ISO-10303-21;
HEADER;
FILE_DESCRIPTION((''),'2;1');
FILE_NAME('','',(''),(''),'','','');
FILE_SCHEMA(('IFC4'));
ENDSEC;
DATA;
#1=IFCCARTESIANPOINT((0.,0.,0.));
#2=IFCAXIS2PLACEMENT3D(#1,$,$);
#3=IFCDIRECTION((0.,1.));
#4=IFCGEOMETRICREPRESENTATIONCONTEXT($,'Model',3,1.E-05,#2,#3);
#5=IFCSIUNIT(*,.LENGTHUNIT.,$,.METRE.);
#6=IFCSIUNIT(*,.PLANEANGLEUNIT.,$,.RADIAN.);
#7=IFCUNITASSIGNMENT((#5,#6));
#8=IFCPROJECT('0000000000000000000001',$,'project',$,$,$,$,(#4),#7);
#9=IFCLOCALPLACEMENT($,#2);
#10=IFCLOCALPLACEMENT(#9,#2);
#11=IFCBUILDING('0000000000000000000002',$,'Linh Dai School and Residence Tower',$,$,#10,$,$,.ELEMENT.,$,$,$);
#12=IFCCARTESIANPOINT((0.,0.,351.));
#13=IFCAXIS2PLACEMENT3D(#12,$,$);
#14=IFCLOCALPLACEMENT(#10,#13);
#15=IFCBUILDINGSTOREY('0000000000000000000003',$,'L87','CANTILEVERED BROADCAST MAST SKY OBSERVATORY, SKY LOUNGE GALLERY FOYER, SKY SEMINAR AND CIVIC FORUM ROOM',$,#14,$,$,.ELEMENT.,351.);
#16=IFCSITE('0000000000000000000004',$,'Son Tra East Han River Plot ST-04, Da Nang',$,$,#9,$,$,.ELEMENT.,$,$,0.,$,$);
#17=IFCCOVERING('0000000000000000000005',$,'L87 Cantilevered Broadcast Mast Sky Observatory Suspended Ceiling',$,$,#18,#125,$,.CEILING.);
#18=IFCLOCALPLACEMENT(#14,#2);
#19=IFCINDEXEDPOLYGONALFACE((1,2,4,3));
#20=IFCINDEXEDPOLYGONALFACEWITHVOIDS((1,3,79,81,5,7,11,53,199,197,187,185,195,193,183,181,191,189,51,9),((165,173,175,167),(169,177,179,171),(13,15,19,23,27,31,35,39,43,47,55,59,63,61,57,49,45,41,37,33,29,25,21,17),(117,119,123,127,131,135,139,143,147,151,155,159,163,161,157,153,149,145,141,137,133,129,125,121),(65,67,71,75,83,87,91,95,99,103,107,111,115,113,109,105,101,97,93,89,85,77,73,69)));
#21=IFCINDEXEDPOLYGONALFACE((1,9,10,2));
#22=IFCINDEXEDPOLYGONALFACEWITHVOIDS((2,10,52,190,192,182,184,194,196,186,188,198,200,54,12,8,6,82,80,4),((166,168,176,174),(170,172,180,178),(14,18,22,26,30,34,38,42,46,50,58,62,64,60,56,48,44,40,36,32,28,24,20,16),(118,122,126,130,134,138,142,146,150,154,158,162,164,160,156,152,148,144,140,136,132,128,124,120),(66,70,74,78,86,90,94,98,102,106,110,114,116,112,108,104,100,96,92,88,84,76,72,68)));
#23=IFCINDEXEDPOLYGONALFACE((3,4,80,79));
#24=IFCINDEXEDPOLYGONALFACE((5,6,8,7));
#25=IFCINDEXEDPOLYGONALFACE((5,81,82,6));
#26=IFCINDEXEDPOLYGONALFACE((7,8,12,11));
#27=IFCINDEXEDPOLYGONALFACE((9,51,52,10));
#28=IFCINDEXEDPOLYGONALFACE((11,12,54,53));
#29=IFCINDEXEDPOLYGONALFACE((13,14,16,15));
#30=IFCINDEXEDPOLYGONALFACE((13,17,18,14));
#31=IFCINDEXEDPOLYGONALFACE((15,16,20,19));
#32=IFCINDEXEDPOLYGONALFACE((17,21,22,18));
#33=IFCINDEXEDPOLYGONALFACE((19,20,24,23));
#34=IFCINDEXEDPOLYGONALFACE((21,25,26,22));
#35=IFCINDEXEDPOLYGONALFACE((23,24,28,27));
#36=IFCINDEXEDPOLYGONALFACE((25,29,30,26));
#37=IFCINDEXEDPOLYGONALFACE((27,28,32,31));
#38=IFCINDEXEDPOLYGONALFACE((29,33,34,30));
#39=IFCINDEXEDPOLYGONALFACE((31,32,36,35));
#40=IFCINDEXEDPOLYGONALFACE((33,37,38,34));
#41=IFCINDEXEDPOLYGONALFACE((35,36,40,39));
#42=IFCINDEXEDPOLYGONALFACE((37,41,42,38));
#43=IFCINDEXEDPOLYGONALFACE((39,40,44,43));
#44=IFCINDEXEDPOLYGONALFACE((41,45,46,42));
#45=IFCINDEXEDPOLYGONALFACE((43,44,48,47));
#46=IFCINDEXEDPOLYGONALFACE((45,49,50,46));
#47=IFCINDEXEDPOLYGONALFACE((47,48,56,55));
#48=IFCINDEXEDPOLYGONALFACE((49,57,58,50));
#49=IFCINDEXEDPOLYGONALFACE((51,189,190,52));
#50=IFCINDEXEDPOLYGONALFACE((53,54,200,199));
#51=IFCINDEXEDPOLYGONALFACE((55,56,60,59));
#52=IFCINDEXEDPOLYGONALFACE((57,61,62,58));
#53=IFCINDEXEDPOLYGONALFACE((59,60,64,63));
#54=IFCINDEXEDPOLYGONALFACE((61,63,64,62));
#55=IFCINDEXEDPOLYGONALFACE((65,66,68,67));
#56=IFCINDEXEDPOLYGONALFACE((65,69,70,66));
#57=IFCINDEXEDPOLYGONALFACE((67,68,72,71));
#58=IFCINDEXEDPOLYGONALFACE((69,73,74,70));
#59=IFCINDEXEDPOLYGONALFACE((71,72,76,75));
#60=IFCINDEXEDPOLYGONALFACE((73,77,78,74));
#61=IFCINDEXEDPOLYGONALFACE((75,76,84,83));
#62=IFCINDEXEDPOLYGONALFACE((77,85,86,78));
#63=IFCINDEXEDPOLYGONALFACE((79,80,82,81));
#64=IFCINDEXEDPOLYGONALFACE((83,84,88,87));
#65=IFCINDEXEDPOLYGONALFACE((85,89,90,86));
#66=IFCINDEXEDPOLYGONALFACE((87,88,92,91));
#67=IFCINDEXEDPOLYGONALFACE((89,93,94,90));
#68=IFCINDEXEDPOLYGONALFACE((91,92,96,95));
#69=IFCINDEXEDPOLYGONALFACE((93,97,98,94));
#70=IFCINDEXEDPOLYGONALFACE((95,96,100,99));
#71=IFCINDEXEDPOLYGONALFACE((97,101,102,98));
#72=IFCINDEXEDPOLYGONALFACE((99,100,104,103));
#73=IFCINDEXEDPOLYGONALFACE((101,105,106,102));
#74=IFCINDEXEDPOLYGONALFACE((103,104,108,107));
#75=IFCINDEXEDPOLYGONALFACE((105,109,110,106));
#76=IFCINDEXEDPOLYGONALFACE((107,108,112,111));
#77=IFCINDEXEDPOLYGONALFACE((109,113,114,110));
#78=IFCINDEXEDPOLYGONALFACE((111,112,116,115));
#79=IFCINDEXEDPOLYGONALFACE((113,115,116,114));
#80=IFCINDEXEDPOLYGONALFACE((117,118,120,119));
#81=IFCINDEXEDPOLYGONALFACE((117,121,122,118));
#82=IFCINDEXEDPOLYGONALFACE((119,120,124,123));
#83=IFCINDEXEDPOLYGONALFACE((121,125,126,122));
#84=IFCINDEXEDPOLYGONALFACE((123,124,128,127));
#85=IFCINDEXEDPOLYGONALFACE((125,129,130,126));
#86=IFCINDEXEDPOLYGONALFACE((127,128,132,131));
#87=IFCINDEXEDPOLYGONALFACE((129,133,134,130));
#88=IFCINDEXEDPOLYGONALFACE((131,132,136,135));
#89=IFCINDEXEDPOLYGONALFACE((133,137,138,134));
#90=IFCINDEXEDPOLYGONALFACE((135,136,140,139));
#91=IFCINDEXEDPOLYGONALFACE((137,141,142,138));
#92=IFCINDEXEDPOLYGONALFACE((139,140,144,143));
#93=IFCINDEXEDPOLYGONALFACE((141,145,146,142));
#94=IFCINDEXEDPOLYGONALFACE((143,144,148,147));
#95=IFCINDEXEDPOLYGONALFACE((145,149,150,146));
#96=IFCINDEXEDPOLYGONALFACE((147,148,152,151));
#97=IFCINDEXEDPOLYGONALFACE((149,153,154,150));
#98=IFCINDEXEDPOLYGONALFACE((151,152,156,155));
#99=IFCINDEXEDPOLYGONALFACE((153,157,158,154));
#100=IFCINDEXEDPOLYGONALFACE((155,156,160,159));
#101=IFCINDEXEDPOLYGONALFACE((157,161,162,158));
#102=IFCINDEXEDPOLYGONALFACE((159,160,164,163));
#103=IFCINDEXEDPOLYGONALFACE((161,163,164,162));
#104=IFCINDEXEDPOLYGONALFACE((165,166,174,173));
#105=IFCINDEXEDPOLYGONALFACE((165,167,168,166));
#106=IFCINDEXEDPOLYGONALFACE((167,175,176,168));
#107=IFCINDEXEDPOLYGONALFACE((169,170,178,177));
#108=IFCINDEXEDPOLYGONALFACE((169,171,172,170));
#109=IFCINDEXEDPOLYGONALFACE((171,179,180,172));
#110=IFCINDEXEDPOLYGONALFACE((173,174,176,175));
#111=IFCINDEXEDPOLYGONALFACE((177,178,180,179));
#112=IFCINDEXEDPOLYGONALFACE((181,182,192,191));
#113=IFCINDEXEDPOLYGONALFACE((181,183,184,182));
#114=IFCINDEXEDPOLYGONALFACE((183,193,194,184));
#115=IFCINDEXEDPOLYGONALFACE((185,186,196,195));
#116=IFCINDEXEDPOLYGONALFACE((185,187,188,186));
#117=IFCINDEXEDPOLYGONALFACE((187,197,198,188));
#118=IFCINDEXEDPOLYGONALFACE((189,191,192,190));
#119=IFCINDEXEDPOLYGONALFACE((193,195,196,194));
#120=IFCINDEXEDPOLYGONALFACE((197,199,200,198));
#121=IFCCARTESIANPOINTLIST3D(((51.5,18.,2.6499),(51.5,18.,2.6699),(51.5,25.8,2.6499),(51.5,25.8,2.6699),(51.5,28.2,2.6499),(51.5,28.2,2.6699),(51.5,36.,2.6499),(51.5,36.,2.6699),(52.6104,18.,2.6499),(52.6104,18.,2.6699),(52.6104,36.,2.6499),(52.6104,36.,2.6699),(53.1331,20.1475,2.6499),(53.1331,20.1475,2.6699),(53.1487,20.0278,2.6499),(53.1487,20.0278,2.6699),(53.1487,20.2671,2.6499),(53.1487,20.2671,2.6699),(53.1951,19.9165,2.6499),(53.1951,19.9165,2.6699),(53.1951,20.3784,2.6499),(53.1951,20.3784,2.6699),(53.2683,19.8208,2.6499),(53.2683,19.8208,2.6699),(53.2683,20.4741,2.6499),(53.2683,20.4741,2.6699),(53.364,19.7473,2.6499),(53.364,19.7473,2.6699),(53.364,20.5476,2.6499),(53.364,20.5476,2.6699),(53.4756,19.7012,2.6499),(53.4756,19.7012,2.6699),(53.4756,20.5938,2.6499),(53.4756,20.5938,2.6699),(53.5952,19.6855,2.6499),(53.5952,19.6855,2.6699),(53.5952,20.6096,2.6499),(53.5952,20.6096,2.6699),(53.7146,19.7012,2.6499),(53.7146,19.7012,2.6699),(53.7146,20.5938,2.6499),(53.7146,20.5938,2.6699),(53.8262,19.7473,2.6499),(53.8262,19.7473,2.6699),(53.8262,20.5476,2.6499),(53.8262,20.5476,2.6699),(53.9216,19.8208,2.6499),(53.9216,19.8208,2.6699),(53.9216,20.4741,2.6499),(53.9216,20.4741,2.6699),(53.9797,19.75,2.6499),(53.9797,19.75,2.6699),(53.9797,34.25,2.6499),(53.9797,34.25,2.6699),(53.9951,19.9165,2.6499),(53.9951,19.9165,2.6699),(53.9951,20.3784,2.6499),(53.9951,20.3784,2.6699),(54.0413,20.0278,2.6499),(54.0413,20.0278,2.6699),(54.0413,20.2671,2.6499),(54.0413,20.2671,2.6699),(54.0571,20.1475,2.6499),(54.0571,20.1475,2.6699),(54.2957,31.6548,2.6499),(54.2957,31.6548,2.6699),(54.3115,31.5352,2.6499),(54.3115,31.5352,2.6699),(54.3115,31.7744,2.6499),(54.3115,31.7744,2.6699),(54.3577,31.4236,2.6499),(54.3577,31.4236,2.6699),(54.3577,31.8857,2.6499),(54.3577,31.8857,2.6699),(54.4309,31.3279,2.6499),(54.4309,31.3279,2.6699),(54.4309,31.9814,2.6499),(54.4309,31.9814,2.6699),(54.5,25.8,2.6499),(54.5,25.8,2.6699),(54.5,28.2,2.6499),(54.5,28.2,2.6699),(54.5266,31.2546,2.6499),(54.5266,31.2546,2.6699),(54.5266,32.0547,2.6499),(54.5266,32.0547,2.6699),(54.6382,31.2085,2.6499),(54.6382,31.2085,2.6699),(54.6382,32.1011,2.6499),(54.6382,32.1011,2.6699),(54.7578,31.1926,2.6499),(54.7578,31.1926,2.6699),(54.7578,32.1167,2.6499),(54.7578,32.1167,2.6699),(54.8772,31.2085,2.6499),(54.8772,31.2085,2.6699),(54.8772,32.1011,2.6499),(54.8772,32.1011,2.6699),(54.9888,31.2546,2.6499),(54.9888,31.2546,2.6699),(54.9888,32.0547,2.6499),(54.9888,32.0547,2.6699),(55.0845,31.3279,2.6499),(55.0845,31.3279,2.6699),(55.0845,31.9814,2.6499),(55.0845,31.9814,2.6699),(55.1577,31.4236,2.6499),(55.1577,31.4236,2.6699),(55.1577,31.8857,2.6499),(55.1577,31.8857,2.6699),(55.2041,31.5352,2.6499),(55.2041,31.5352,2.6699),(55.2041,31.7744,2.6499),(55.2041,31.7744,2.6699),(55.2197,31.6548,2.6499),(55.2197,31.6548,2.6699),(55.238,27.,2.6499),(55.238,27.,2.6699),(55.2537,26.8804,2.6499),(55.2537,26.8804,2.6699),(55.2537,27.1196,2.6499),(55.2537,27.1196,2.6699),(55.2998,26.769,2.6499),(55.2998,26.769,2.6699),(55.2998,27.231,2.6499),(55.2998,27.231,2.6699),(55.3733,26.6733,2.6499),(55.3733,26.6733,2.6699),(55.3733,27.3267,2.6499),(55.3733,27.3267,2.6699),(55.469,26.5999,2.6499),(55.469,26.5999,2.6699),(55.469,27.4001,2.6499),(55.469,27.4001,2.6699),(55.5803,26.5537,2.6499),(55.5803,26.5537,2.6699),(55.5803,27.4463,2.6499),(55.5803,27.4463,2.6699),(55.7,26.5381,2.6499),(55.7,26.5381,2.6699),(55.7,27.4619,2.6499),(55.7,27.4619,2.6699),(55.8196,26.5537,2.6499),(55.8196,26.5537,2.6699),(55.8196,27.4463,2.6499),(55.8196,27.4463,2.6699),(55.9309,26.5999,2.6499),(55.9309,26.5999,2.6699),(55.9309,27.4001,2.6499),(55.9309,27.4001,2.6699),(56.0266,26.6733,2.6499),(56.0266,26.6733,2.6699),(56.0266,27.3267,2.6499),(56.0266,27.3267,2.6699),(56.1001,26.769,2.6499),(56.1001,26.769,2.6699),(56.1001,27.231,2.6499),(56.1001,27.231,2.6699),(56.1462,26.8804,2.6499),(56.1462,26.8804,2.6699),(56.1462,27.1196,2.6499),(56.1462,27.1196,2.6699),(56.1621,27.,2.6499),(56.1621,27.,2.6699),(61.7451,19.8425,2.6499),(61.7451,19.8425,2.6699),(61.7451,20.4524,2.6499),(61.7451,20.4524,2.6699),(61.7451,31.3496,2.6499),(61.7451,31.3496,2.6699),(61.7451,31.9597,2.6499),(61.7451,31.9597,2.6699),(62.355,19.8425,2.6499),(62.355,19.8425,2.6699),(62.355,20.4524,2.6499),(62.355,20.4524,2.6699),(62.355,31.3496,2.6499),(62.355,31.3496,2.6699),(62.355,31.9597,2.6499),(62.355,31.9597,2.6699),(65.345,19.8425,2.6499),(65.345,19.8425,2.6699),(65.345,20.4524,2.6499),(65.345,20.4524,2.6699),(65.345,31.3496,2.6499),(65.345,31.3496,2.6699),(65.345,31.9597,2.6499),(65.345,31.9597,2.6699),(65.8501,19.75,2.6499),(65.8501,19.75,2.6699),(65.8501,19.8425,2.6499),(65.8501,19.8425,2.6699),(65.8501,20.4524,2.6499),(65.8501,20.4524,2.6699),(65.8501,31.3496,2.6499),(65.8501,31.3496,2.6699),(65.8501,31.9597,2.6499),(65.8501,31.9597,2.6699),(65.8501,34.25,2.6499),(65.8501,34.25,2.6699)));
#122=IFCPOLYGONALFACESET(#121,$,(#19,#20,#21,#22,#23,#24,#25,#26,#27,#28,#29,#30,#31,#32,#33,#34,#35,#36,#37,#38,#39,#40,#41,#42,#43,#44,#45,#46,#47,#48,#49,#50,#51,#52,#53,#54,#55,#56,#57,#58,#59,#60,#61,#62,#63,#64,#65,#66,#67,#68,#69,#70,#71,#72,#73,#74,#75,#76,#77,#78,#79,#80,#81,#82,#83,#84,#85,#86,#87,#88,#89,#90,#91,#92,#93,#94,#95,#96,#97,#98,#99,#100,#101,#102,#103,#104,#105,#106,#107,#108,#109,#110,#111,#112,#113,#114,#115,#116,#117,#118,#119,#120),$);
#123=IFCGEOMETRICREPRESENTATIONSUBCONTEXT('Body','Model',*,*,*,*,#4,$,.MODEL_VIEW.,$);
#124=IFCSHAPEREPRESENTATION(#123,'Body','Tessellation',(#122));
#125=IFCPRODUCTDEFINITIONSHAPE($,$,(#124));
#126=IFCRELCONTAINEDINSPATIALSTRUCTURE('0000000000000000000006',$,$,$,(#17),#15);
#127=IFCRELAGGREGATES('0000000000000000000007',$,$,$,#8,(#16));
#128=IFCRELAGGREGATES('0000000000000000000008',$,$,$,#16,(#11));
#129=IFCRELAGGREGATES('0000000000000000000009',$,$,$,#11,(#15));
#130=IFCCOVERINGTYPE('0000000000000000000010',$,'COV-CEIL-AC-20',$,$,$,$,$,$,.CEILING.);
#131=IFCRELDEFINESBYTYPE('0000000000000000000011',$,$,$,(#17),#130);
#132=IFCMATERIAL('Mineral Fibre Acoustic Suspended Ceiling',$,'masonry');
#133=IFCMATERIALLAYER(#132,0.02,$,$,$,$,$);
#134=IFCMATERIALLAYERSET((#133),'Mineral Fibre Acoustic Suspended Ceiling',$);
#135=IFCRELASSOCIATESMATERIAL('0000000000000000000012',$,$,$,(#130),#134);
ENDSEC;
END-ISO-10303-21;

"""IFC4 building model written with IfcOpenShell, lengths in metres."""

from ifc_helpers import new_model, si_unit, direction, frame, origin, place, context, subcontext, project, spatial, polyline, outline, extrude, material, layer, layer_set, type_object, element, save


model = new_model("IFC4")

# Units and contexts
model_context = context("Model", 3, precision=1e-05, world=origin(), true_north=direction((0.0, 1.0)))
body_context = subcontext(model_context, "Body", "Model", "MODEL_VIEW")
ifc_project = project(units=[si_unit("LENGTHUNIT", "METRE"), si_unit("PLANEANGLEUNIT", "RADIAN")], contexts=[model_context])

# Site, building, storey
site_placement = place(None, origin())
site = spatial("IfcSite", under=ifc_project, at=site_placement, Name="Son Tra East Han River Plot ST-04, Da Nang", CompositionType="ELEMENT", RefElevation=0.0)
building_placement = place(site_placement, origin())
building = spatial("IfcBuilding", under=site, at=building_placement, Name="Linh Dai School and Residence Tower", CompositionType="ELEMENT")
storey_placement = place(building_placement, frame((0.0, 0.0, 351.0)))
storey = spatial("IfcBuildingStorey", under=building, at=storey_placement, Name="L87", Description="CANTILEVERED BROADCAST MAST SKY OBSERVATORY, SKY LOUNGE GALLERY FOYER, SKY SEMINAR AND CIVIC FORUM ROOM", CompositionType="ELEMENT", Elevation=351.0)

# Covering
ifc_material_1 = material(Name="Mineral Fibre Acoustic Suspended Ceiling", Category="masonry")
ifc_layer_1 = layer(ifc_material_1, 0.02)
ifc_layer_set_1 = layer_set([ifc_layer_1], Name="Mineral Fibre Acoustic Suspended Ceiling")
covering_type_1 = type_object("IfcCoveringType", Name="COV-CEIL-AC-20", PredefinedType="CEILING", material=ifc_layer_set_1)
covering_1_placement = place(storey_placement, frame((0.0, 0.0, 2.6499)))
element("IfcCovering", 1, at=covering_1_placement, inside=storey, type_object=covering_type_1, Name="L87 Cantilevered Broadcast Mast Sky Observatory Suspended Ceiling", PredefinedType="CEILING", context=body_context, shape_type="SweptSolid", body=[
    extrude(outline(polyline([(65.8501, 34.25), (65.8501, 31.9597), (65.345, 31.9597), (65.345, 31.3496), (65.8501, 31.3496), (65.8501, 20.4524), (65.345, 20.4524), (65.345, 19.8425), (65.8501, 19.8425), (65.8501, 19.75), (53.9797, 19.75), (52.6104, 18.0), (51.5, 18.0), (51.5, 25.8), (54.5, 25.8), (54.5, 28.2), (51.5, 28.2), (51.5, 36.0), (52.6104, 36.0), (53.9797, 34.25), (65.8501, 34.25)]), holes=[polyline([(61.7451, 20.4524), (61.7451, 19.8425), (62.355, 19.8425), (62.355, 20.4524), (61.7451, 20.4524)]), polyline([(61.7451, 31.9597), (61.7451, 31.3496), (62.355, 31.3496), (62.355, 31.9597), (61.7451, 31.9597)]), polyline([(56.1001, 26.769), (56.1462, 26.8804), (56.1621, 27.0), (56.1462, 27.1196), (56.1001, 27.231), (56.0266, 27.3267), (55.9309, 27.4001), (55.8196, 27.4463), (55.7, 27.4619), (55.5803, 27.4463), (55.469, 27.4001), (55.3733, 27.3267), (55.2998, 27.231), (55.2537, 27.1196), (55.238, 27.0), (55.2537, 26.8804), (55.2998, 26.769), (55.3733, 26.6733), (55.469, 26.5999), (55.5803, 26.5537), (55.7, 26.5381), (55.8196, 26.5537), (55.9309, 26.5999), (56.0266, 26.6733), (56.1001, 26.769)]), polyline([(55.1577, 31.4236), (55.2041, 31.5352), (55.2197, 31.6548), (55.2041, 31.7744), (55.1577, 31.8857), (55.0845, 31.9814), (54.9888, 32.0547), (54.8772, 32.1011), (54.7578, 32.1167), (54.6382, 32.1011), (54.5266, 32.0547), (54.4309, 31.9814), (54.3577, 31.8857), (54.3115, 31.7744), (54.2957, 31.6548), (54.3115, 31.5352), (54.3577, 31.4236), (54.4309, 31.3279), (54.5266, 31.2546), (54.6382, 31.2085), (54.7578, 31.1926), (54.8772, 31.2085), (54.9888, 31.2546), (55.0845, 31.3279), (55.1577, 31.4236)]), polyline([(54.0413, 20.0278), (54.0571, 20.1475), (54.0413, 20.2671), (53.9951, 20.3784), (53.9216, 20.4741), (53.8262, 20.5476), (53.7146, 20.5938), (53.5952, 20.6096), (53.4756, 20.5938), (53.364, 20.5476), (53.2683, 20.4741), (53.1951, 20.3784), (53.1487, 20.2671), (53.1331, 20.1475), (53.1487, 20.0278), (53.1951, 19.9165), (53.2683, 19.8208), (53.364, 19.7473), (53.4756, 19.7012), (53.5952, 19.6855), (53.7146, 19.7012), (53.8262, 19.7473), (53.9216, 19.8208), (53.9951, 19.9165), (54.0413, 20.0278)])]), origin(), (0.0, 0.0, 1.0), 0.02),
])

save(model, "model.ifc")
